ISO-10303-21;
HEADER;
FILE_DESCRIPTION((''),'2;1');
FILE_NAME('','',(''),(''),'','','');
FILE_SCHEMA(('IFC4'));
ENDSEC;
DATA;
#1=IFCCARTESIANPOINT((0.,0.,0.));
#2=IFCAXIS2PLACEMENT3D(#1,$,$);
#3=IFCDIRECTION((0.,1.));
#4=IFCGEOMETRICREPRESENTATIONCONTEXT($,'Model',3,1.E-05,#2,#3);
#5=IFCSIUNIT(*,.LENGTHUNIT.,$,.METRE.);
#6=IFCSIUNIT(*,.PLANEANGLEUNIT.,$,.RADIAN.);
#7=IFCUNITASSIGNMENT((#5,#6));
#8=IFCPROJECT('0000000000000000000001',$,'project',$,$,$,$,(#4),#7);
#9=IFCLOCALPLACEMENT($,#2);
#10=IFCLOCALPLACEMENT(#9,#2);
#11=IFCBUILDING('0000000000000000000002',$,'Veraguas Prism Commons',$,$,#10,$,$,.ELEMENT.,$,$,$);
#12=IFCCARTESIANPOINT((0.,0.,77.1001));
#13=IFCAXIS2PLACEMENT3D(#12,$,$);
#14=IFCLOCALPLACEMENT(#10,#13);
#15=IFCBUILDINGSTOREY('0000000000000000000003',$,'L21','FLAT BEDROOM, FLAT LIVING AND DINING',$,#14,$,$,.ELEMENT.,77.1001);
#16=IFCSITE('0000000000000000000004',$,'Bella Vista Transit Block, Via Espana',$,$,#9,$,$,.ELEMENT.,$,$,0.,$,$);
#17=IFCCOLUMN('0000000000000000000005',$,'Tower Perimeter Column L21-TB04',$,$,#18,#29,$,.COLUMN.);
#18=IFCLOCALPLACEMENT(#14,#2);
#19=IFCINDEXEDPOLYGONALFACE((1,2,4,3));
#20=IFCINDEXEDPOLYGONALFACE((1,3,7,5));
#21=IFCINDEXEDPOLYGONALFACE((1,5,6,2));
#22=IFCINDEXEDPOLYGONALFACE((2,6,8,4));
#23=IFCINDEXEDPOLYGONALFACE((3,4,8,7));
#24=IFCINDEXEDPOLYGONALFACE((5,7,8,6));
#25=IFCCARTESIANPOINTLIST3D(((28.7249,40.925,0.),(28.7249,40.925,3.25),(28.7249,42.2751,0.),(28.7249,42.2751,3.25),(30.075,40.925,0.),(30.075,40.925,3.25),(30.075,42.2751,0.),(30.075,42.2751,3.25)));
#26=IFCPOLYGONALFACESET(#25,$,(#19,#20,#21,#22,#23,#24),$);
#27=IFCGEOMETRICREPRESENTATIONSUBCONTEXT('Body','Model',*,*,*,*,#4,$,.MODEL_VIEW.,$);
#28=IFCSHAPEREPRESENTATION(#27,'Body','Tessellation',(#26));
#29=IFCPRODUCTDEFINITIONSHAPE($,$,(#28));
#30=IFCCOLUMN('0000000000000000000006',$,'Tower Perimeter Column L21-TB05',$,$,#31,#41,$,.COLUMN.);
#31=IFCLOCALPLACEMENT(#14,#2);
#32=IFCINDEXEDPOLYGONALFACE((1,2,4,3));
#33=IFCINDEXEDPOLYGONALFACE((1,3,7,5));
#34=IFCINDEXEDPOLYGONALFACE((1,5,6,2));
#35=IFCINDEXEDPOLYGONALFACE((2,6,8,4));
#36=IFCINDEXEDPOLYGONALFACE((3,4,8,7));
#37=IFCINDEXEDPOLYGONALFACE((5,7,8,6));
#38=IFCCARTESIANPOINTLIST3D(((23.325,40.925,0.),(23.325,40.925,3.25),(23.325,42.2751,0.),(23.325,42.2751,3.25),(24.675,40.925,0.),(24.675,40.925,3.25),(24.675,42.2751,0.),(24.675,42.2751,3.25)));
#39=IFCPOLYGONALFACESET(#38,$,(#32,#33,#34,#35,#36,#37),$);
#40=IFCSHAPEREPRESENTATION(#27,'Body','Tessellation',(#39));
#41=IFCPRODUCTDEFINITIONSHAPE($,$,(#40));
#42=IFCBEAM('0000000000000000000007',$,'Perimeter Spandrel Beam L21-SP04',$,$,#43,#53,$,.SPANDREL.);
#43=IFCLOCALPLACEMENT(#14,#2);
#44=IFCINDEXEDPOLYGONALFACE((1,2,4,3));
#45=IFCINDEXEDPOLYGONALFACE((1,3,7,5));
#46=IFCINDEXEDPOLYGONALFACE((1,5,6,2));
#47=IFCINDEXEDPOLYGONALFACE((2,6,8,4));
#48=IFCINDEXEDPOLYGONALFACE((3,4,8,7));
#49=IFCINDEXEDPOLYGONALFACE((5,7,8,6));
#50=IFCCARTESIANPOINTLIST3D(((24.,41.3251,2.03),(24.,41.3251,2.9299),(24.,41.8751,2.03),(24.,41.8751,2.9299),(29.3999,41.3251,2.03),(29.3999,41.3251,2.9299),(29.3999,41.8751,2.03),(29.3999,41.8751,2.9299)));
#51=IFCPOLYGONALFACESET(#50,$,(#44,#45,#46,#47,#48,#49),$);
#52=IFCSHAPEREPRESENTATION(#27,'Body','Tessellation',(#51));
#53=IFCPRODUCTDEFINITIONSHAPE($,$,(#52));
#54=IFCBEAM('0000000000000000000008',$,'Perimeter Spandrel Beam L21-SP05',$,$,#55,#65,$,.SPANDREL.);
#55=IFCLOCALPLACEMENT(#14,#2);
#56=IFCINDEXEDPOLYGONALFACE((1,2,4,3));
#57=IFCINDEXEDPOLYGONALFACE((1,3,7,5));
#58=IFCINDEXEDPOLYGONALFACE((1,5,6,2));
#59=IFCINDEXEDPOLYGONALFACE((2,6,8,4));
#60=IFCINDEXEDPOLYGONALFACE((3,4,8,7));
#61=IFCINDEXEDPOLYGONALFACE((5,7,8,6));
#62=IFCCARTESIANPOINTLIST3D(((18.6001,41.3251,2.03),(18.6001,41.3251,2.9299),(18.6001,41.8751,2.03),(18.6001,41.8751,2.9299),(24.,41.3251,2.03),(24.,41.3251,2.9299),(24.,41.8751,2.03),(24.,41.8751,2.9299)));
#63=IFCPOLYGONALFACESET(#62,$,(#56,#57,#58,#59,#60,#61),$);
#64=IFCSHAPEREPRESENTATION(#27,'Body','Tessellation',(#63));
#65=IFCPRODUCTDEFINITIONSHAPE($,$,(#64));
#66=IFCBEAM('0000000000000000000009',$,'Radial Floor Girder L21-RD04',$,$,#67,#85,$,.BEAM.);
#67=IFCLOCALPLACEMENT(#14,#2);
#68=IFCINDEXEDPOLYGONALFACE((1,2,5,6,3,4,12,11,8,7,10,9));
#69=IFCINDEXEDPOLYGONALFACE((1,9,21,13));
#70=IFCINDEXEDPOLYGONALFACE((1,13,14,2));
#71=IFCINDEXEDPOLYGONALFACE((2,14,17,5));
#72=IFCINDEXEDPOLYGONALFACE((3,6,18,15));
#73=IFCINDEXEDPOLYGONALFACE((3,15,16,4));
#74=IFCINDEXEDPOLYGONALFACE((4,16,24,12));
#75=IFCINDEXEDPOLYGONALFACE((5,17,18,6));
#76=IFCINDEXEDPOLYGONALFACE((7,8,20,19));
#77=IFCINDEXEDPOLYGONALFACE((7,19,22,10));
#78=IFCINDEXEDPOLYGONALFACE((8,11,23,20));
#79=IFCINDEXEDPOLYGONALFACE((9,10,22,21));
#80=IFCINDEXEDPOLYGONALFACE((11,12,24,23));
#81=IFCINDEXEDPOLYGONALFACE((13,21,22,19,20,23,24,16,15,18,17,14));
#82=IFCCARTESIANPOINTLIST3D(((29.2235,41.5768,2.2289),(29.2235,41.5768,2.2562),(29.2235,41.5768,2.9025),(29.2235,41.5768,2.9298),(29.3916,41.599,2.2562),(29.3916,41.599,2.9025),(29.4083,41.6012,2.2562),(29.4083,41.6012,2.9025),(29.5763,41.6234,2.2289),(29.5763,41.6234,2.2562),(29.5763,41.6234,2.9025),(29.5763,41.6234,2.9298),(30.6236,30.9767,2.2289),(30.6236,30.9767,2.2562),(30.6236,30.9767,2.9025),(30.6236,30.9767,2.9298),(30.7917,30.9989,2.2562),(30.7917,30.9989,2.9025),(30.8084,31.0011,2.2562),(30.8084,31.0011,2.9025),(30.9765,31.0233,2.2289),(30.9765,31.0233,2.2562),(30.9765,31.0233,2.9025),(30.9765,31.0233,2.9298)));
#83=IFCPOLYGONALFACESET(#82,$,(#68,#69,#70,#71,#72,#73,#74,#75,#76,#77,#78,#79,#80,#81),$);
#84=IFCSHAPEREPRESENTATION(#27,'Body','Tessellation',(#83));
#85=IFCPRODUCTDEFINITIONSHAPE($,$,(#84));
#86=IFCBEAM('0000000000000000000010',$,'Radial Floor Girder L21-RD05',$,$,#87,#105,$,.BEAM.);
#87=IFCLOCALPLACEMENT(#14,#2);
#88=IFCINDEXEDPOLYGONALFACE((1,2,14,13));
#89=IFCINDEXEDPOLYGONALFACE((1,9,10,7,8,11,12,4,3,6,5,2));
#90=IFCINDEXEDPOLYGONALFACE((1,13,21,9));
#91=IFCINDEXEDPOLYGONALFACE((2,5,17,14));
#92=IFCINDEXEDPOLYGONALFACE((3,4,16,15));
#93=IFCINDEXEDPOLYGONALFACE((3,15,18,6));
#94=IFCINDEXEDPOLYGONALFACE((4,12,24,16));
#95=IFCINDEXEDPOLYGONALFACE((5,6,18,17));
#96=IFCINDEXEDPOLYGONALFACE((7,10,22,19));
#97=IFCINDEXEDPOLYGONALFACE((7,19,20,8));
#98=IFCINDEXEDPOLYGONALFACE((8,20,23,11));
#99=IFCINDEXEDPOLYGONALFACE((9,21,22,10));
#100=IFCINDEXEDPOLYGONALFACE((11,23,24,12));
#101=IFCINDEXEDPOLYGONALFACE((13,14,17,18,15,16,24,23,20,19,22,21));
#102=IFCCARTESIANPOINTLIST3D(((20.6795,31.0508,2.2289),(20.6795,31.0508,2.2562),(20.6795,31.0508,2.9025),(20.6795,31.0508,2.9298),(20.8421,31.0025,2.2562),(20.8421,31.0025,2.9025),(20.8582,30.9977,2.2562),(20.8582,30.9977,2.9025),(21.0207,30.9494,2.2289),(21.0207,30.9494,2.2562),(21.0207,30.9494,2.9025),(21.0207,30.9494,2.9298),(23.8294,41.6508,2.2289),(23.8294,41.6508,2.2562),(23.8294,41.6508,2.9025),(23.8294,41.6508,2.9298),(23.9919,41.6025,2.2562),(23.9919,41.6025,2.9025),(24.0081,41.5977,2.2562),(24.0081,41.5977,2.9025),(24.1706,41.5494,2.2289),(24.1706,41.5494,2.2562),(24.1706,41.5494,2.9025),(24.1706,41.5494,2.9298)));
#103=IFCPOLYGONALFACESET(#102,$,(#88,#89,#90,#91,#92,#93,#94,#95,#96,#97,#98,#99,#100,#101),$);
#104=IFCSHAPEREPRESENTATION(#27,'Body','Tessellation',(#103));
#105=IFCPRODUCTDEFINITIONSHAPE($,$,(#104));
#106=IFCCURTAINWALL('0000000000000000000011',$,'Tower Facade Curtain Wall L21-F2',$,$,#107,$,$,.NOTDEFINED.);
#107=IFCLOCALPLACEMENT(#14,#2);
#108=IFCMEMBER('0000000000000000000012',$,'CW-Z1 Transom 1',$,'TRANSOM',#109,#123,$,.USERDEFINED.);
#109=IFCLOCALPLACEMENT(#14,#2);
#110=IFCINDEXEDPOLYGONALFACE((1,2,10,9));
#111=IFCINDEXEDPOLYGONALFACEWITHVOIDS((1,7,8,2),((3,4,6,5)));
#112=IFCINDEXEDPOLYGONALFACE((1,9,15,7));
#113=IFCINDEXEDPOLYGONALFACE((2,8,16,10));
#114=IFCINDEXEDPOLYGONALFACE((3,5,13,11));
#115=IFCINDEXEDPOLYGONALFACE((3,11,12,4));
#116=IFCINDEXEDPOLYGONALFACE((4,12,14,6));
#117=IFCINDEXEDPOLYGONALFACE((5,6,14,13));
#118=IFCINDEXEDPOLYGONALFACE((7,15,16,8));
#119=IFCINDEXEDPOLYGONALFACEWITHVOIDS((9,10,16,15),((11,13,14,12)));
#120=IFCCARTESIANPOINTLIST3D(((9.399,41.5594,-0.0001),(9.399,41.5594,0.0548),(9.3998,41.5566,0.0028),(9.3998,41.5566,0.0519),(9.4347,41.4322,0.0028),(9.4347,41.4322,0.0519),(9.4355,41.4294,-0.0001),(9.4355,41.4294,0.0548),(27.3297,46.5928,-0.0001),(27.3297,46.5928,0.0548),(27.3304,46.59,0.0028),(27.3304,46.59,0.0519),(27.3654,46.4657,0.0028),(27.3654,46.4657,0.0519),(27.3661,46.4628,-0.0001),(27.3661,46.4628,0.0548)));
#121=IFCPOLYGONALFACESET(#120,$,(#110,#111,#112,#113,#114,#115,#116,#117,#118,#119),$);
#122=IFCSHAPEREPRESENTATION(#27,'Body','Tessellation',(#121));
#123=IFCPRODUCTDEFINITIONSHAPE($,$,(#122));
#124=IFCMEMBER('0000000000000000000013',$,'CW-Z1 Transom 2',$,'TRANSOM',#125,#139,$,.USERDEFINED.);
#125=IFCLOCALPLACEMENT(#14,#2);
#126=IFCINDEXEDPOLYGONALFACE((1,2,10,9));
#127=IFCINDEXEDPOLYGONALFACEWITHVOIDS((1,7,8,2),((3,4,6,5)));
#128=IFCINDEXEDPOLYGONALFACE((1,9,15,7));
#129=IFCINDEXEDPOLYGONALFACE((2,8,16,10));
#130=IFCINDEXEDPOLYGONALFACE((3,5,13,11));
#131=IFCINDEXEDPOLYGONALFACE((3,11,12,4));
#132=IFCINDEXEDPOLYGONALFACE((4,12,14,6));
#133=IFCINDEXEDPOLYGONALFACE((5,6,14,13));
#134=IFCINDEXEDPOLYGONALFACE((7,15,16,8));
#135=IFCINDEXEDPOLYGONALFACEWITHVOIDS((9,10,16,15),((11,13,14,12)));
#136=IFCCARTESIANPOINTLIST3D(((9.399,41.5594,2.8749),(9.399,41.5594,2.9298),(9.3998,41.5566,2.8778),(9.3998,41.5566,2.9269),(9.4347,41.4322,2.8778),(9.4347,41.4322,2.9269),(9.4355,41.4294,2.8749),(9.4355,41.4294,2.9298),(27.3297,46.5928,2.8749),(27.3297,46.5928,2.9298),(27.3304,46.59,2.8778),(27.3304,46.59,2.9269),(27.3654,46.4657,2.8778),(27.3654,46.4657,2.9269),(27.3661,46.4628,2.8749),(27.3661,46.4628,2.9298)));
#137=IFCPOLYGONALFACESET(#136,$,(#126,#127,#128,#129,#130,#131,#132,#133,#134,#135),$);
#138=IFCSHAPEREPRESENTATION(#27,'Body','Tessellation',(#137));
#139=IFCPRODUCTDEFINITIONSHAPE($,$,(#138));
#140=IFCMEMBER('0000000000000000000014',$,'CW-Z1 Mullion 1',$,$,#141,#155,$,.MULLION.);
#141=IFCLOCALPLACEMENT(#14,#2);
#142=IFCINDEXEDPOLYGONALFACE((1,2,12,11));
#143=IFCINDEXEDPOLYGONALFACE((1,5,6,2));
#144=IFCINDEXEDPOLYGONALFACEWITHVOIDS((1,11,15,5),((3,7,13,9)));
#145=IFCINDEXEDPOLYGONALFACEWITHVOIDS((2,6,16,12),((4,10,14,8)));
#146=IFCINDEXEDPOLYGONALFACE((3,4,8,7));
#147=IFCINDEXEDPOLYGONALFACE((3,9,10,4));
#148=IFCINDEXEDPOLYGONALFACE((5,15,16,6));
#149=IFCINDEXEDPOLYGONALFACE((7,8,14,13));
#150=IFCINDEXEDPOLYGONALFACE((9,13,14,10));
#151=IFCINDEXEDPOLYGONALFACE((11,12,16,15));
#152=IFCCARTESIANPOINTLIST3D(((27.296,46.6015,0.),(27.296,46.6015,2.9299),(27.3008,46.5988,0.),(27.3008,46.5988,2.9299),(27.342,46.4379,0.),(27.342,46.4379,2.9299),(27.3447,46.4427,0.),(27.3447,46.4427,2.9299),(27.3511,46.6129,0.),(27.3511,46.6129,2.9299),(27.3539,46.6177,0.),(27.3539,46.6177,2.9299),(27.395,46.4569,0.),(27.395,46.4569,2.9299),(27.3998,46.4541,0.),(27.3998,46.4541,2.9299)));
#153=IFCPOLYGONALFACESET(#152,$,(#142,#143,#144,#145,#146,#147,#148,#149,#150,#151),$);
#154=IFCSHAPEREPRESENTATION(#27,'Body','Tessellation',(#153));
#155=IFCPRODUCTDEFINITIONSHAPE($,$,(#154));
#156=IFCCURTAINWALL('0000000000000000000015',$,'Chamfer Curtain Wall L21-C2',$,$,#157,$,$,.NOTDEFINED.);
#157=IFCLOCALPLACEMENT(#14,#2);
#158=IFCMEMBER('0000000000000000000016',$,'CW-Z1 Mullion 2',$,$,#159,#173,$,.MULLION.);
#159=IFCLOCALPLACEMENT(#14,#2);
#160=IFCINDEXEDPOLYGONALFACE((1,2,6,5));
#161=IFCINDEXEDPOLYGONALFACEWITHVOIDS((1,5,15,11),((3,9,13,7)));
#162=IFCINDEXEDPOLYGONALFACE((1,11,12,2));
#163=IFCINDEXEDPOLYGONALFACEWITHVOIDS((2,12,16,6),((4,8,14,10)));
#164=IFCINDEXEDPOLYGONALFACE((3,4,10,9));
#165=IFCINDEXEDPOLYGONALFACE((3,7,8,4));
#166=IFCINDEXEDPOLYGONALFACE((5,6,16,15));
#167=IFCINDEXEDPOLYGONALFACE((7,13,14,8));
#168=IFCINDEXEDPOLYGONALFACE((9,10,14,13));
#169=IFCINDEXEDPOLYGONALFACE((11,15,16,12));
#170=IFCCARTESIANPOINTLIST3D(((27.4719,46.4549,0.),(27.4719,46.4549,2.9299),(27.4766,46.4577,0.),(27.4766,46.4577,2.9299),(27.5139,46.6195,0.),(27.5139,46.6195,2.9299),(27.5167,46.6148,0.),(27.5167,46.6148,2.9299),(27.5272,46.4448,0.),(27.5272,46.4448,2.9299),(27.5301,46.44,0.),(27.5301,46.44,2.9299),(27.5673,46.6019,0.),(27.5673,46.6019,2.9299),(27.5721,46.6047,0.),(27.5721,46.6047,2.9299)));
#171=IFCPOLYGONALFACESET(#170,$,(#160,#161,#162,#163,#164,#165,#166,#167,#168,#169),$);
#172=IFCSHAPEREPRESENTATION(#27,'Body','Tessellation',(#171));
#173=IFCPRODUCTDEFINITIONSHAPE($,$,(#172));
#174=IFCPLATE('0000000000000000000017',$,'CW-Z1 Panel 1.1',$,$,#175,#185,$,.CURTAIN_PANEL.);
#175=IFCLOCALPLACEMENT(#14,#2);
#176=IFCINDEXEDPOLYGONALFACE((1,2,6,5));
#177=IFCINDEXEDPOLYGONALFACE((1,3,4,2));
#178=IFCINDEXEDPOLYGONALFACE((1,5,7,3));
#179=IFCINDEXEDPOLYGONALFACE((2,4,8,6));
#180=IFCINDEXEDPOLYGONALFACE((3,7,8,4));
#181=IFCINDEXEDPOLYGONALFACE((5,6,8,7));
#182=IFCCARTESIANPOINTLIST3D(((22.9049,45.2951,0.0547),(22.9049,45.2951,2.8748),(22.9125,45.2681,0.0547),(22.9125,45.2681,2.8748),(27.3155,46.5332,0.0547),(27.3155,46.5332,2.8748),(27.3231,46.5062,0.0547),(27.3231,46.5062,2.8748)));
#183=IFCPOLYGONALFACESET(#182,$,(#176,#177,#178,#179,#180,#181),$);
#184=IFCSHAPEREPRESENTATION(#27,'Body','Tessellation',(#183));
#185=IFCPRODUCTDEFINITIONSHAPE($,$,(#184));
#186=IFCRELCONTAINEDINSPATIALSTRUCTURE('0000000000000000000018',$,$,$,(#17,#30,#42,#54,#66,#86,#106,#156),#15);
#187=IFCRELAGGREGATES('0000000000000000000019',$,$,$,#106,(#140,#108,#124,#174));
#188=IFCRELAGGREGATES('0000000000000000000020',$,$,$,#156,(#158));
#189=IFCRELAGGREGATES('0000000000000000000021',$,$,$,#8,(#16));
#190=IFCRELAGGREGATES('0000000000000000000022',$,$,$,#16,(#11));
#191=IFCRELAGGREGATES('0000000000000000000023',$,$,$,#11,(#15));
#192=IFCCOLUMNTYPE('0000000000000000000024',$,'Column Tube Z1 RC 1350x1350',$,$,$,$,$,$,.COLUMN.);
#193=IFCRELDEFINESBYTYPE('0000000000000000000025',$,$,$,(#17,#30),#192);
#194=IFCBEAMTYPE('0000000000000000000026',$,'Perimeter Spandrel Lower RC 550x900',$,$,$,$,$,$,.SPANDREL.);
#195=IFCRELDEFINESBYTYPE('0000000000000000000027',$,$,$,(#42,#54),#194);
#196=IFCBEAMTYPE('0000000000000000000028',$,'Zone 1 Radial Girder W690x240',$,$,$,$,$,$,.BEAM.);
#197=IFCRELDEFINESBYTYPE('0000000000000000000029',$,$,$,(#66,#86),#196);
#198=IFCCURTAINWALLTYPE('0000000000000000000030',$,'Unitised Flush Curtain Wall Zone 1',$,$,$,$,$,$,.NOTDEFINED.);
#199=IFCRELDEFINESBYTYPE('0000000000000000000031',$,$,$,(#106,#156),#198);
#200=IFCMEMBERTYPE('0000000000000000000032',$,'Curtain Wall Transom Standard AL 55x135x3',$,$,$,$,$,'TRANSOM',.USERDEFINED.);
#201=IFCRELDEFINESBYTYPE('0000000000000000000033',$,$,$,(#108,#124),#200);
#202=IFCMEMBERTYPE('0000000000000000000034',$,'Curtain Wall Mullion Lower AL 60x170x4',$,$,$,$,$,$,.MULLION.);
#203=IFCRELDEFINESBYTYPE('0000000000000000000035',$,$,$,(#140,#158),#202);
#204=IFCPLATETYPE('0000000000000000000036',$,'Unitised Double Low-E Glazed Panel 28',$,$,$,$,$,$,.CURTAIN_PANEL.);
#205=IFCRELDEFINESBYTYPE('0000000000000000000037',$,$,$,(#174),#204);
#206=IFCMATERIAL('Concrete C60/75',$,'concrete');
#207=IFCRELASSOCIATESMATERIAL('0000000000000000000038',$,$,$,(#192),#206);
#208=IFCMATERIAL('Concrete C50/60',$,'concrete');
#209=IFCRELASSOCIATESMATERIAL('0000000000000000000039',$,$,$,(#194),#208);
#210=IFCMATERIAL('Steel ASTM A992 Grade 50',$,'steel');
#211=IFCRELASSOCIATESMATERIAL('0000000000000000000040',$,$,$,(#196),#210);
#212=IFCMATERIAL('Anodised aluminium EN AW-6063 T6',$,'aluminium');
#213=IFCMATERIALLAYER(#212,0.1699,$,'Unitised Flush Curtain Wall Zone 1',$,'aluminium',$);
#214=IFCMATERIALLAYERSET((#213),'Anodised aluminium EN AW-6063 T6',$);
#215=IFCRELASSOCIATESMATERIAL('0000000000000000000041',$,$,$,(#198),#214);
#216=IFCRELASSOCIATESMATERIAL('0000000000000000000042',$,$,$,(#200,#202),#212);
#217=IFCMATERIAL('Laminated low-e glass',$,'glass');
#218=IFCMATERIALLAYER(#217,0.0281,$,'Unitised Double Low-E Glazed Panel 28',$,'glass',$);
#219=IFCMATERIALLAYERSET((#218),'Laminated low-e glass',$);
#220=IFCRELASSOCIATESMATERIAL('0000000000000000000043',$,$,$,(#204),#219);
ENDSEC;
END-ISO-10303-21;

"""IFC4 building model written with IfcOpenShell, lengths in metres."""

from ifc_helpers import new_model, si_unit, direction, frame, origin, origin_2d, place, context, subcontext, project, spatial, rectangle, hollow_rectangle, i_section, extrude, source, transform, mapped, material, layer, layer_set, material_profile, profile_set, type_object, element, aggregate, save


model = new_model("IFC4")

# Units and contexts
model_context = context("Model", 3, precision=1e-05, world=origin(), true_north=direction((0.0, 1.0)))
body_context = subcontext(model_context, "Body", "Model", "MODEL_VIEW")
ifc_project = project(units=[si_unit("LENGTHUNIT", "METRE"), si_unit("PLANEANGLEUNIT", "RADIAN")], contexts=[model_context])

# Site, building, storey
site_placement = place(None, origin())
site = spatial("IfcSite", under=ifc_project, at=site_placement, Name="Bella Vista Transit Block, Via Espana", CompositionType="ELEMENT", RefElevation=0.0)
building_placement = place(site_placement, origin())
building = spatial("IfcBuilding", under=site, at=building_placement, Name="Veraguas Prism Commons", CompositionType="ELEMENT")
storey_placement = place(building_placement, frame((0.0, 0.0, 77.1001)))
storey = spatial("IfcBuildingStorey", under=building, at=storey_placement, Name="L21", Description="FLAT BEDROOM, FLAT LIVING AND DINING", CompositionType="ELEMENT", Elevation=77.1001)

# Columns
ifc_material_1 = material(Name="Concrete C60/75", Category="concrete")
ifc_material_profile_1 = material_profile(ifc_material_1, rectangle(XDim=1.3501, YDim=1.3501, at=origin_2d()), Name="RC1350X1350")
ifc_profile_set_1 = profile_set([ifc_material_profile_1], Name="Concrete C60/75")
column_type = type_object("IfcColumnType", Name="Column Tube Z1 RC 1350x1350", PredefinedType="COLUMN", material=ifc_profile_set_1)
for number, where, z_axis, x_axis, name in (
    (1, (29.3999, 41.6001, 0.0), (0.0, 0.0, 1.0), (1.0, 0.0, 0.0), "Tower Perimeter Column L21-TB04"),
    (2, (24.0, 41.6001, 0.0), (0.0, 0.0, 1.0), (1.0, 0.0, 0.0), "Tower Perimeter Column L21-TB05"),
):
    element("IfcColumn", number, at=place(storey_placement, frame(where, z_axis=z_axis, x_axis=x_axis)), inside=storey, type_object=column_type, Name=name, PredefinedType="COLUMN", context=body_context, shape_type="SweptSolid", body=[
        extrude(rectangle(XDim=1.3501, YDim=1.3501, at=origin_2d()), origin(), (0.0, 0.0, 1.0), 3.25),
    ])

# Beams
ifc_material_2 = material(Name="Concrete C50/60", Category="concrete")
ifc_material_profile_2 = material_profile(ifc_material_2, rectangle(XDim=0.55, YDim=0.8999, at=origin_2d()), Name="RC550X900")
ifc_profile_set_2 = profile_set([ifc_material_profile_2], Name="Concrete C50/60")
beam_type_1 = type_object("IfcBeamType", Name="Perimeter Spandrel Lower RC 550x900", PredefinedType="SPANDREL", material=ifc_profile_set_2)
for number, where, z_axis, x_axis, name in (
    (3, (29.3999, 41.6001, 2.48), (-1.0, 0.0, 0.0), (0.0, -1.0, 0.0), "Perimeter Spandrel Beam L21-SP04"),
    (4, (24.0, 41.6001, 2.48), (-1.0, 0.0, 0.0), (0.0, -1.0, 0.0), "Perimeter Spandrel Beam L21-SP05"),
):
    element("IfcBeam", number, at=place(storey_placement, frame(where, z_axis=z_axis, x_axis=x_axis)), inside=storey, type_object=beam_type_1, Name=name, PredefinedType="SPANDREL", context=body_context, shape_type="SweptSolid", body=[
        extrude(rectangle(XDim=0.55, YDim=0.8999, at=origin_2d()), origin(), (0.0, 0.0, 1.0), 5.3999),
    ])
ifc_material_3 = material(Name="Steel ASTM A992 Grade 50", Category="steel")
ifc_material_profile_3 = material_profile(ifc_material_3, i_section(OverallWidth=0.356, OverallDepth=0.7009, WebThickness=0.0168, FlangeThickness=0.0273, at=origin_2d()), Name="W690X240")
ifc_profile_set_3 = profile_set([ifc_material_profile_3], Name="Steel ASTM A992 Grade 50")
beam_type_2 = type_object("IfcBeamType", Name="Zone 1 Radial Girder W690x240", PredefinedType="BEAM", material=ifc_profile_set_3)
beam_1_placement = place(storey_placement, frame((29.3999, 41.6001, 2.5793), z_axis=(0.130951, -0.991389, 0.0), x_axis=(0.991389, 0.130951, 0.0)))
element("IfcBeam", 5, at=beam_1_placement, inside=storey, type_object=beam_type_2, Name="Radial Floor Girder L21-RD04", PredefinedType="BEAM", context=body_context, shape_type="SweptSolid", body=[
    extrude(i_section(OverallWidth=0.356, OverallDepth=0.7009, WebThickness=0.0168, FlangeThickness=0.0273, at=origin_2d()), origin(), (0.0, 0.0, 1.0), 10.6921),
])
beam_2_placement = place(storey_placement, frame((24.0, 41.6001, 2.5793), z_axis=(-0.284847, -0.958573, 0.0), x_axis=(0.958573, -0.284847, 0.0)))
element("IfcBeam", 6, at=beam_2_placement, inside=storey, type_object=beam_type_2, Name="Radial Floor Girder L21-RD05", PredefinedType="BEAM", context=body_context, shape_type="SweptSolid", body=[
    extrude(i_section(OverallWidth=0.356, OverallDepth=0.7009, WebThickness=0.0168, FlangeThickness=0.0273, at=origin_2d()), origin(), (0.0, 0.0, 1.0), 11.0581),
])

# Curtain wall, members
ifc_material_4 = material(Name="Anodised aluminium EN AW-6063 T6", Category="aluminium")
ifc_layer_1 = layer(ifc_material_4, 0.1699, Name="Unitised Flush Curtain Wall Zone 1", Category="aluminium")
ifc_layer_set_1 = layer_set([ifc_layer_1], Name="Anodised aluminium EN AW-6063 T6")
curtain_wall_type = type_object("IfcCurtainWallType", Name="Unitised Flush Curtain Wall Zone 1", PredefinedType="NOTDEFINED", material=ifc_layer_set_1)
curtain_wall_1_placement = place(storey_placement, origin())
curtain_wall_1 = element("IfcCurtainWall", 7, at=curtain_wall_1_placement, inside=storey, type_object=curtain_wall_type, Name="Tower Facade Curtain Wall L21-F2", PredefinedType="NOTDEFINED")
ifc_material_profile_4 = material_profile(ifc_material_4, hollow_rectangle(XDim=0.0549, YDim=0.135, WallThickness=0.0029, at=origin_2d()), Name="AL55X135X3")
ifc_profile_set_4 = profile_set([ifc_material_profile_4], Name="Anodised aluminium EN AW-6063 T6")
member_type_1 = type_object("IfcMemberType", Name="Curtain Wall Transom Standard AL 55x135x3", ElementType="TRANSOM", PredefinedType="USERDEFINED", material=ifc_profile_set_4)
shared_shape_1 = source(origin(), body_context, "Body", "SweptSolid", [
    extrude(hollow_rectangle(XDim=0.0549, YDim=0.135, WallThickness=0.0029, at=origin_2d()), origin(), (0.0, 0.0, 1.0), 18.6238),
])
member_1_placement = place(storey_placement, frame((27.3479, 46.5278, 0.0273), z_axis=(-0.962785, -0.27027, 0.0), x_axis=(0.0, 0.0, 1.0)))
member_1 = element("IfcMember", 8, at=member_1_placement, type_object=member_type_1, Name="CW-Z1 Transom 1", ObjectType="TRANSOM", PredefinedType="USERDEFINED", context=body_context, shape_type="MappedRepresentation", body=[
    mapped(shared_shape_1, transform((0.0, 0.0, 0.0), scale=1.0)),
])
member_2_placement = place(storey_placement, frame((27.3479, 46.5278, 2.9023), z_axis=(-0.962785, -0.27027, 0.0), x_axis=(0.0, 0.0, 1.0)))
member_2 = element("IfcMember", 9, at=member_2_placement, type_object=member_type_1, Name="CW-Z1 Transom 2", ObjectType="TRANSOM", PredefinedType="USERDEFINED", context=body_context, shape_type="MappedRepresentation", body=[
    mapped(shared_shape_1, transform((0.0, 0.0, 0.0), scale=1.0)),
])
ifc_material_profile_5 = material_profile(ifc_material_4, hollow_rectangle(XDim=0.0601, YDim=0.1699, WallThickness=0.0039, at=origin_2d()), Name="AL60X170X4")
ifc_profile_set_5 = profile_set([ifc_material_profile_5], Name="Anodised aluminium EN AW-6063 T6")
member_type_2 = type_object("IfcMemberType", Name="Curtain Wall Mullion Lower AL 60x170x4", PredefinedType="MULLION", material=ifc_profile_set_5)
shared_shape_2 = source(origin(), body_context, "Body", "SweptSolid", [
    extrude(hollow_rectangle(XDim=0.0601, YDim=0.1699, WallThickness=0.0039, at=origin_2d()), origin(), (0.0, 0.0, 1.0), 2.9299),
])
member_3_placement = place(storey_placement, frame((27.3479, 46.5278, 0.0), z_axis=(0.0, 0.0, 1.0), x_axis=(-0.962786, -0.270266, 0.0)))
member_3 = element("IfcMember", 10, at=member_3_placement, type_object=member_type_2, Name="CW-Z1 Mullion 1", PredefinedType="MULLION", context=body_context, shape_type="MappedRepresentation", body=[
    mapped(shared_shape_2, transform((0.0, 0.0, 0.0), scale=1.0)),
])

# Curtain wall, member
curtain_wall_2_placement = place(storey_placement, origin())
curtain_wall_2 = element("IfcCurtainWall", 11, at=curtain_wall_2_placement, inside=storey, type_object=curtain_wall_type, Name="Chamfer Curtain Wall L21-C2", PredefinedType="NOTDEFINED")
member_4_placement = place(storey_placement, frame((27.522, 46.5298, 0.0), z_axis=(0.0, 0.0, 1.0), x_axis=(-0.968927, 0.247346, 0.0)))
member_4 = element("IfcMember", 12, at=member_4_placement, type_object=member_type_2, Name="CW-Z1 Mullion 2", PredefinedType="MULLION", context=body_context, shape_type="MappedRepresentation", body=[
    mapped(shared_shape_2, transform((0.0, 0.0, 0.0), scale=1.0)),
])

# Plate
ifc_material_5 = material(Name="Laminated low-e glass", Category="glass")
ifc_layer_2 = layer(ifc_material_5, 0.0281, Name="Unitised Double Low-E Glazed Panel 28", Category="glass")
ifc_layer_set_2 = layer_set([ifc_layer_2], Name="Laminated low-e glass")
plate_type = type_object("IfcPlateType", Name="Unitised Double Low-E Glazed Panel 28", PredefinedType="CURTAIN_PANEL", material=ifc_layer_set_2)
shared_shape_3 = source(origin(), body_context, "Body", "SweptSolid", [
    extrude(rectangle(XDim=4.5811, YDim=0.0281, at=origin_2d()), origin(), (0.0, 0.0, 1.0), 2.8201),
])
plate_1_placement = place(storey_placement, frame((25.114, 45.9006, 0.0547), z_axis=(0.0, 0.0, 1.0), x_axis=(-0.962786, -0.270266, 0.0)))
plate_1 = element("IfcPlate", 13, at=plate_1_placement, type_object=plate_type, Name="CW-Z1 Panel 1.1", PredefinedType="CURTAIN_PANEL", context=body_context, shape_type="MappedRepresentation", body=[
    mapped(shared_shape_3, transform((0.0, 0.0, 0.0), scale=1.0)),
])
aggregate(curtain_wall_1, [member_3, member_1, member_2, plate_1])
aggregate(curtain_wall_2, [member_4])

save(model, "model.ifc")
